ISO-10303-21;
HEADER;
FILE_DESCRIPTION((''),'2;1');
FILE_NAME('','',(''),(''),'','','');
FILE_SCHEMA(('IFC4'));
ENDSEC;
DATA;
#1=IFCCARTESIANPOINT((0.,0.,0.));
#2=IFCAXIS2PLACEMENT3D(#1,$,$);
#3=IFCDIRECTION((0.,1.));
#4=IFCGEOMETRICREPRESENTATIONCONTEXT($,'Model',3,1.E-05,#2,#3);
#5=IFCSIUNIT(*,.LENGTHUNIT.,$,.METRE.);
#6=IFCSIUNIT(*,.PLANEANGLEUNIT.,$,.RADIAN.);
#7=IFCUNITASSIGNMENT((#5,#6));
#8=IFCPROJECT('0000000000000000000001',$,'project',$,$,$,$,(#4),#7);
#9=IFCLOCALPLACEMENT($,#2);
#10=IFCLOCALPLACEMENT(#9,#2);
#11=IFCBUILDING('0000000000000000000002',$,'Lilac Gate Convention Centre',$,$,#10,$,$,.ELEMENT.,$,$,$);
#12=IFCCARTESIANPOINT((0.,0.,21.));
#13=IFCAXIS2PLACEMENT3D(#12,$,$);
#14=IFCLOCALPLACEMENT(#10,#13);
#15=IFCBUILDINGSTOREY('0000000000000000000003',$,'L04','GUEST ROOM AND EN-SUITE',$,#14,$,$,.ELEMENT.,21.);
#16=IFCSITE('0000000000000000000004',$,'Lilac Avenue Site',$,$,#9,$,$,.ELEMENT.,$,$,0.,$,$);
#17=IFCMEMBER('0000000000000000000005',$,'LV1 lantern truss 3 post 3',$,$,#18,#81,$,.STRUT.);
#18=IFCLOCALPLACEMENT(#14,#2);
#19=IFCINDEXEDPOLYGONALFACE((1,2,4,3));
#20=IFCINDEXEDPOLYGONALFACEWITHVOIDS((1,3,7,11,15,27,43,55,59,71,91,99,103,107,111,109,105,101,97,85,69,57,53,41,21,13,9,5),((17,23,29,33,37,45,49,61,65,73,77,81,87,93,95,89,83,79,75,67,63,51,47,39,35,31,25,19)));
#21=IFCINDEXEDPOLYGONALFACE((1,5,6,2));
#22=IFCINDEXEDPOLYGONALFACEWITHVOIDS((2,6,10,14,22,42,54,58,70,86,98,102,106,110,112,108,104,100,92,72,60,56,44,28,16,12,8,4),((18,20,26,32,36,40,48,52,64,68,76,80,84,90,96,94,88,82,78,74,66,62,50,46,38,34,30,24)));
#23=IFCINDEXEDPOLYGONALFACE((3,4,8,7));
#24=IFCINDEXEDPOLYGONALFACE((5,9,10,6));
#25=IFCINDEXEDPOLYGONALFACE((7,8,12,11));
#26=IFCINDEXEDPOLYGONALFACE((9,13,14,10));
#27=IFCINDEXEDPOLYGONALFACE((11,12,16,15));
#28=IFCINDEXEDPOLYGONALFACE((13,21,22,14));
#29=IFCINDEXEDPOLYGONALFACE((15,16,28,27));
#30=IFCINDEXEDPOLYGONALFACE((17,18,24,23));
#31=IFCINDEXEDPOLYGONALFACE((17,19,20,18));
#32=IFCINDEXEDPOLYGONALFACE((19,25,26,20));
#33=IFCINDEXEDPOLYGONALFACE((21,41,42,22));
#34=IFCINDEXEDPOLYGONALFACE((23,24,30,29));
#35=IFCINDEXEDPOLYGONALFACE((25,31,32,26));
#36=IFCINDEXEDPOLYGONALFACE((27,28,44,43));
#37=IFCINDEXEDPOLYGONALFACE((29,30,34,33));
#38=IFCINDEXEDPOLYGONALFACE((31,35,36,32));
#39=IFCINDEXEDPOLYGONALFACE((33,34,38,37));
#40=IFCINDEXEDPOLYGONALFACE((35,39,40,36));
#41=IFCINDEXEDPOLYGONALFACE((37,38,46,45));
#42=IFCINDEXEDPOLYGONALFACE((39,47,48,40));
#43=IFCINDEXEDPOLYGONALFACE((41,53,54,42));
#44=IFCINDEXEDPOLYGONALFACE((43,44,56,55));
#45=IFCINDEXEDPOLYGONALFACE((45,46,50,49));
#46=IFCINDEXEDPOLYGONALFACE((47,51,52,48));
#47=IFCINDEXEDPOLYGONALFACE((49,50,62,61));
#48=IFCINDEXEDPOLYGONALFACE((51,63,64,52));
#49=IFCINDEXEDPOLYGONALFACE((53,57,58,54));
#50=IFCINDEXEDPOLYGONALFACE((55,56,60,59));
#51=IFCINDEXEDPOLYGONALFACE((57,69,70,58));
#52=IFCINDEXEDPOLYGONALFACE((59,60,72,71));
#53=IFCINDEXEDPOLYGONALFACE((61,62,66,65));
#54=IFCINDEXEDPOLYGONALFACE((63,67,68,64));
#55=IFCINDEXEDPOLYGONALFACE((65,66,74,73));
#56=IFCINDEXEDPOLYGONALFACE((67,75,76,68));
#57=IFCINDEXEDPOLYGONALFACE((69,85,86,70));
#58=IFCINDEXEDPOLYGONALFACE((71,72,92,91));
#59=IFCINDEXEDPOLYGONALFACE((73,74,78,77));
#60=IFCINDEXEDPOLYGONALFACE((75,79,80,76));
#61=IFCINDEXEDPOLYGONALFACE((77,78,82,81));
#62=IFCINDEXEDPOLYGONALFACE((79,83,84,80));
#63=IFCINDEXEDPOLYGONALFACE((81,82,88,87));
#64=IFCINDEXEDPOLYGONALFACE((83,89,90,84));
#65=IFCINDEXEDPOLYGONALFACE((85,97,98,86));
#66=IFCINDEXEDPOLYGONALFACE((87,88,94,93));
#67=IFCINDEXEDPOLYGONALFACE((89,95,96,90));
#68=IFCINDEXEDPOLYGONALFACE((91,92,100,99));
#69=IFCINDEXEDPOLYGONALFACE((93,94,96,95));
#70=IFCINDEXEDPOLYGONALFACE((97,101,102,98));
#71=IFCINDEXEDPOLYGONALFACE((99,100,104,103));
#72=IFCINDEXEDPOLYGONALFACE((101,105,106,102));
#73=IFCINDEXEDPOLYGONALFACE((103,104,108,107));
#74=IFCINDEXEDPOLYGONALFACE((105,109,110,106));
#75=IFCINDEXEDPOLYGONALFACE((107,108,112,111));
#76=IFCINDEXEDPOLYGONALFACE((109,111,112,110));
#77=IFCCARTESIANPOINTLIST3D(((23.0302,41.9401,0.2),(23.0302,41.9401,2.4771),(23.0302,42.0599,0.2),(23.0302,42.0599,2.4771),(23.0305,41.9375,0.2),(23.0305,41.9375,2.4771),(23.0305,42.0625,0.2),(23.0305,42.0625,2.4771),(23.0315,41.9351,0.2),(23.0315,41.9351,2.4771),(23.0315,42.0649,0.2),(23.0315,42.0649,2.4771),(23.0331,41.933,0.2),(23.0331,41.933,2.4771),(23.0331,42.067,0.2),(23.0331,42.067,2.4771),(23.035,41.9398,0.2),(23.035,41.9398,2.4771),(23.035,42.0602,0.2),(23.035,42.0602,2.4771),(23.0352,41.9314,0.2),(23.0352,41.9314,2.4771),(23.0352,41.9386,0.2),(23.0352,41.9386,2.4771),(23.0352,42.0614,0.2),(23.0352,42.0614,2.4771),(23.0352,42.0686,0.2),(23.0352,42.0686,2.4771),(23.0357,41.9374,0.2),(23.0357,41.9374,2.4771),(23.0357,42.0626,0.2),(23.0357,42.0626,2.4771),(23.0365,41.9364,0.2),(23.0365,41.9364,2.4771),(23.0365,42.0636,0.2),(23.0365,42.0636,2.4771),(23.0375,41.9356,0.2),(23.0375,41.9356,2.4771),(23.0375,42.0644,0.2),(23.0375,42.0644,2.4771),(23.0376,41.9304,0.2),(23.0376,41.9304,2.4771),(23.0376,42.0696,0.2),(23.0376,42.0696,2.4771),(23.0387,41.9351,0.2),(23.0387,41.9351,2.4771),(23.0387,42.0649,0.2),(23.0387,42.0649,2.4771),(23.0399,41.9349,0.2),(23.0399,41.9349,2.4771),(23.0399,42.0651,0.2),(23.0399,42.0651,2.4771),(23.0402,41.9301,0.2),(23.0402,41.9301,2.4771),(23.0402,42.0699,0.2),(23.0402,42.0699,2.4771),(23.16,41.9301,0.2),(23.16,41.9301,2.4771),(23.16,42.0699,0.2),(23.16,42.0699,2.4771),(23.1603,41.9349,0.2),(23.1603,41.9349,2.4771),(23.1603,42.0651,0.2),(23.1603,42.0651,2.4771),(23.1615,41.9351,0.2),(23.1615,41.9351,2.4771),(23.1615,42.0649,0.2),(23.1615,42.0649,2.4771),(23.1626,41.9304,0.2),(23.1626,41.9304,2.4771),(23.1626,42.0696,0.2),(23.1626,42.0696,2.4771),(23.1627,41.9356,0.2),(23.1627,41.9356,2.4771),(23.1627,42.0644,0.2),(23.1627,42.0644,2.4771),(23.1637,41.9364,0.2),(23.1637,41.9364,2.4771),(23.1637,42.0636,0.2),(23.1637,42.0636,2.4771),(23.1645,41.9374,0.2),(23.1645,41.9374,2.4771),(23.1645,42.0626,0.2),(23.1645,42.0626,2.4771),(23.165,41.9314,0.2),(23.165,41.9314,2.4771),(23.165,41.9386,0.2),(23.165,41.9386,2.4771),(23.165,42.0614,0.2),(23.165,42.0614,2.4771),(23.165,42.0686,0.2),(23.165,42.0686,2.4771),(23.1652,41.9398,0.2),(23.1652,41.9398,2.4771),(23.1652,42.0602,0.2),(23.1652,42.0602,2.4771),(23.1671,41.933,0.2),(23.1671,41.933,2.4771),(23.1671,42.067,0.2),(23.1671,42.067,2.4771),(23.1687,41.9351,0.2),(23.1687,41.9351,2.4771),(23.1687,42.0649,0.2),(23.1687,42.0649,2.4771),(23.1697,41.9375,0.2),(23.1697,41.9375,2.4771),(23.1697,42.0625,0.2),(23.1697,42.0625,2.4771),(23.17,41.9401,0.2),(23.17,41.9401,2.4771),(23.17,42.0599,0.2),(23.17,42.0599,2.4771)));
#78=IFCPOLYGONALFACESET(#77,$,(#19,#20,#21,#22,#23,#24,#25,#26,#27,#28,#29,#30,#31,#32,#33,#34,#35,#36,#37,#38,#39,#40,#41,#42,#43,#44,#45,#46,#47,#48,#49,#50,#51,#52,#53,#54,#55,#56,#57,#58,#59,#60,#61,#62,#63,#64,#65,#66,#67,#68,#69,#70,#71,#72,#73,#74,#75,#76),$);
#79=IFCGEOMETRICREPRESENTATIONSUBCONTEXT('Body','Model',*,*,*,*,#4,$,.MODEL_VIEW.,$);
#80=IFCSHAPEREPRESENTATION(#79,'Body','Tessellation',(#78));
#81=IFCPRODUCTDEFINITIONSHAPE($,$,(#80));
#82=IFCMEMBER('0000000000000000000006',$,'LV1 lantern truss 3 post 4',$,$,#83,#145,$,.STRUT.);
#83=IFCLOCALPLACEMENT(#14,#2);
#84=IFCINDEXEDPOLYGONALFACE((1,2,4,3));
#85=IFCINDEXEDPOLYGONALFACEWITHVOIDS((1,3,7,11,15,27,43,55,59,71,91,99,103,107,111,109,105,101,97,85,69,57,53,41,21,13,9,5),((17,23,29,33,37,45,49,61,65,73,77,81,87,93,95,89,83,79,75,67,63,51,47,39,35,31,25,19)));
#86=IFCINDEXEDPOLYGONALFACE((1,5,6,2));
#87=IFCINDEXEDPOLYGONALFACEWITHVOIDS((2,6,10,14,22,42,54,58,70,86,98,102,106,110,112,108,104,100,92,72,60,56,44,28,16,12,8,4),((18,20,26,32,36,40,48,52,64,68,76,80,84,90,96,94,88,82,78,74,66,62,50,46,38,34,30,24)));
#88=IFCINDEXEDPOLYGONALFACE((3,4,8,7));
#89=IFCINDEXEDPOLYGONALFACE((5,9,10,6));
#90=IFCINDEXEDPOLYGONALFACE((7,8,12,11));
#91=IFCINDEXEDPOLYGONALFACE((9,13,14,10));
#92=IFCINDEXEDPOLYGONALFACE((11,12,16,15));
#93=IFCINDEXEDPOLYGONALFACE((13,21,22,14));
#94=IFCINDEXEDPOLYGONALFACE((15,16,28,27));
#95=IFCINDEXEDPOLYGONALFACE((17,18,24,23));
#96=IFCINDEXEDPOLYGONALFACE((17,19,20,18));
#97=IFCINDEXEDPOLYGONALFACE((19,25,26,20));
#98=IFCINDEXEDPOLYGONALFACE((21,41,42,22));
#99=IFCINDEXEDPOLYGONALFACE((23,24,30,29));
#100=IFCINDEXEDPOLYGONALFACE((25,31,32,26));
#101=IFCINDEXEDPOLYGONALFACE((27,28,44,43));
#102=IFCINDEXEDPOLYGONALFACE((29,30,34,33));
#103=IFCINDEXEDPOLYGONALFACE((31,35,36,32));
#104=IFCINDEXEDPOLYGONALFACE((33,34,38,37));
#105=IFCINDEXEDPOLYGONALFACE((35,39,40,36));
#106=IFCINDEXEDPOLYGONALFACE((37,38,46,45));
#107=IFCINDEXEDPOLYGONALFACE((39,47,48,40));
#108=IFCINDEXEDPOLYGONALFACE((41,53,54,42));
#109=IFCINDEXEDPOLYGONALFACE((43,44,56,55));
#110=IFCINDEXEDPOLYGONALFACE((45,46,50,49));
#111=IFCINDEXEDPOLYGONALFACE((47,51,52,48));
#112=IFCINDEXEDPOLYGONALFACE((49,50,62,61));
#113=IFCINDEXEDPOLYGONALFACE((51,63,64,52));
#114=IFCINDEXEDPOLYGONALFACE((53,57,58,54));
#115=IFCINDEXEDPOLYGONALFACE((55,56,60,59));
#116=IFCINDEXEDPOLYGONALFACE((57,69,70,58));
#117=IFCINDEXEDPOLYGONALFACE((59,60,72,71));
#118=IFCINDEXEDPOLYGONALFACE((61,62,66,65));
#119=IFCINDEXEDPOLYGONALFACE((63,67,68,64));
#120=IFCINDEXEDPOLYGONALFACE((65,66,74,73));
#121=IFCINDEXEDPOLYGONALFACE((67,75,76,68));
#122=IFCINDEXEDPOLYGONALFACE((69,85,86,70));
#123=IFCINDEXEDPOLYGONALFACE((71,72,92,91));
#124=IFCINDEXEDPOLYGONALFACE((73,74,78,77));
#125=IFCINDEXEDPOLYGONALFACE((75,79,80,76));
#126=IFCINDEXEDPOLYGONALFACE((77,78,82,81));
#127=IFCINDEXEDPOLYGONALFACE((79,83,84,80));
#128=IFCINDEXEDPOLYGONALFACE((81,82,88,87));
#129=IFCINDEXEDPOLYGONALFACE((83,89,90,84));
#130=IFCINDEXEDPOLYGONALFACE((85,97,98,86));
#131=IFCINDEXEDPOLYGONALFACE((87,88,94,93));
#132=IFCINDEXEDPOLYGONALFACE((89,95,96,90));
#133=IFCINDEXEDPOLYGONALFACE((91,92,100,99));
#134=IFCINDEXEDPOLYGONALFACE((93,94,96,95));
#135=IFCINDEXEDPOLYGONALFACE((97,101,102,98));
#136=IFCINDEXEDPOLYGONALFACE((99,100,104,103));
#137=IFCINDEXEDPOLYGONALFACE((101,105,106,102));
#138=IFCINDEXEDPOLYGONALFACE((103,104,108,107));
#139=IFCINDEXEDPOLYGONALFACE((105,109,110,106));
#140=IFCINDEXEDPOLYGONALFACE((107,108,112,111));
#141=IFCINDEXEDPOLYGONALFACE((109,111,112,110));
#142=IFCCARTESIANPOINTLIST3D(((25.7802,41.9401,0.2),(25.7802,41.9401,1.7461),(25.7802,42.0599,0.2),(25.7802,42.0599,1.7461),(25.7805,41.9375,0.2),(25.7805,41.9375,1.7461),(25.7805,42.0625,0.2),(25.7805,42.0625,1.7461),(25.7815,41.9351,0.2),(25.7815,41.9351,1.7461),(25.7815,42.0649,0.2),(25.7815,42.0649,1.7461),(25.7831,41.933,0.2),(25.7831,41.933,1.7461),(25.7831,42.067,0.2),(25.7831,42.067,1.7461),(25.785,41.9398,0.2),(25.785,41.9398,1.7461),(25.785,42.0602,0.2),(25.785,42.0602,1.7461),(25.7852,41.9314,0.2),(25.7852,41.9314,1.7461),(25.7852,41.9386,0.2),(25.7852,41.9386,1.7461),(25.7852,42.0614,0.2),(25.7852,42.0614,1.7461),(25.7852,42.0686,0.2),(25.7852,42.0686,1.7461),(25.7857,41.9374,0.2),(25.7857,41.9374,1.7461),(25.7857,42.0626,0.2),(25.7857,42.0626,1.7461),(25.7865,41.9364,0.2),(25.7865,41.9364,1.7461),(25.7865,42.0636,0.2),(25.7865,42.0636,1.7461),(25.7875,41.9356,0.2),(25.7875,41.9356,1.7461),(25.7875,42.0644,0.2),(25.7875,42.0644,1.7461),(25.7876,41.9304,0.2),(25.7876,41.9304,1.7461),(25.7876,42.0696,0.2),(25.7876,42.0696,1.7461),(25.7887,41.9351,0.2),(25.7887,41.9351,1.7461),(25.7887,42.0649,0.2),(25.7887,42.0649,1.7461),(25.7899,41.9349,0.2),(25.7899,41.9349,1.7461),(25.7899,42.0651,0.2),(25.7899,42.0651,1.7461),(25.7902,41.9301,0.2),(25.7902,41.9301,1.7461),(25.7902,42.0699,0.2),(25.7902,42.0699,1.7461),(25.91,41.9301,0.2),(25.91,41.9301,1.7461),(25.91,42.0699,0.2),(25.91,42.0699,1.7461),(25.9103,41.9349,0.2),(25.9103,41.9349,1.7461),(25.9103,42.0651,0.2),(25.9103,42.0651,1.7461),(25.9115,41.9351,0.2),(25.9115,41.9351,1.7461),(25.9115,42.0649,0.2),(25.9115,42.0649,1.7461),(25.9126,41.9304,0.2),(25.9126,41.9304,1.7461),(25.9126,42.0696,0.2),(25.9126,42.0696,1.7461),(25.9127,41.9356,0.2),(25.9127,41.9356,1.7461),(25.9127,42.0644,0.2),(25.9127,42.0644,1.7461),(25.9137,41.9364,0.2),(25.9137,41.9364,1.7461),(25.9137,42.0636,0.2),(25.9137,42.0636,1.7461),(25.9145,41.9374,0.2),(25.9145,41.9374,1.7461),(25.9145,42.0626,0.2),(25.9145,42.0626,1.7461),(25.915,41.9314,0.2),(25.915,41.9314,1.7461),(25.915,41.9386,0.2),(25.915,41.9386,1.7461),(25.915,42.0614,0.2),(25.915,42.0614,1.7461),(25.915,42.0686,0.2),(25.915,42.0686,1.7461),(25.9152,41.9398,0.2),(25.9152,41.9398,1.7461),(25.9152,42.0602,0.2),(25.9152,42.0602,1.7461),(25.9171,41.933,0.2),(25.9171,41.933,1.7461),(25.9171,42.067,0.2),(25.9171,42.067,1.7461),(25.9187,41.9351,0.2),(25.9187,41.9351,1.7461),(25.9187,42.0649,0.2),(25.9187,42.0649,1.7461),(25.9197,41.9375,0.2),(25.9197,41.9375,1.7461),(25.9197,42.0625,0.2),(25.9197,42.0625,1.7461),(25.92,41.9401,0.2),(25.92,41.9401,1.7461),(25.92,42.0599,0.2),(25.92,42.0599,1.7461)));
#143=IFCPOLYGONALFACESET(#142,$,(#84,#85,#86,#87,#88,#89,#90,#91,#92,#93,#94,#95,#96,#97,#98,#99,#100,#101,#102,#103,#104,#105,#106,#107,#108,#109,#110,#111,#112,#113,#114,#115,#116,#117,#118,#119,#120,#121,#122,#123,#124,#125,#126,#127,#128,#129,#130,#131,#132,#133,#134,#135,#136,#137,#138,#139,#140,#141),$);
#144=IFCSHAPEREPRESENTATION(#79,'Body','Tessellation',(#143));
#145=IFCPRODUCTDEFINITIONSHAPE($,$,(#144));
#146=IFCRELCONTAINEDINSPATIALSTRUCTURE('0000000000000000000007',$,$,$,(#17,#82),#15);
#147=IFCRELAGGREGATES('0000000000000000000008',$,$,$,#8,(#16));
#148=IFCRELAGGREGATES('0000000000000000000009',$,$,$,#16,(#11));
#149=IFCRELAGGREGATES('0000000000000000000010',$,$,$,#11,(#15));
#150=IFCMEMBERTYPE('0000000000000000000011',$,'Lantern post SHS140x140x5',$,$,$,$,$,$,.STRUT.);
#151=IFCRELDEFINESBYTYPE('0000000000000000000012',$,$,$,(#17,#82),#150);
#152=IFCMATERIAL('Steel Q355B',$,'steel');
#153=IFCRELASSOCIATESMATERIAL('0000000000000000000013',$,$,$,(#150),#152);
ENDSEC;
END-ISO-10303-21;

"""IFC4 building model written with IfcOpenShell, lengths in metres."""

from ifc_helpers import new_model, si_unit, direction, frame, origin, origin_2d, place, context, subcontext, project, spatial, hollow_rectangle, extrude, material, material_profile, profile_set, type_object, element, save


model = new_model("IFC4")

# Units and contexts
model_context = context("Model", 3, precision=1e-05, world=origin(), true_north=direction((0.0, 1.0)))
body_context = subcontext(model_context, "Body", "Model", "MODEL_VIEW")
ifc_project = project(units=[si_unit("LENGTHUNIT", "METRE"), si_unit("PLANEANGLEUNIT", "RADIAN")], contexts=[model_context])

# Site, building, storey
site_placement = place(None, origin())
site = spatial("IfcSite", under=ifc_project, at=site_placement, Name="Lilac Avenue Site", CompositionType="ELEMENT", RefElevation=0.0)
building_placement = place(site_placement, origin())
building = spatial("IfcBuilding", under=site, at=building_placement, Name="Lilac Gate Convention Centre", CompositionType="ELEMENT")
storey_placement = place(building_placement, frame((0.0, 0.0, 21.0)))
storey = spatial("IfcBuildingStorey", under=building, at=storey_placement, Name="L04", Description="GUEST ROOM AND EN-SUITE", CompositionType="ELEMENT", Elevation=21.0)

# Members
ifc_material_1 = material(Name="Steel Q355B", Category="steel")
ifc_material_profile_1 = material_profile(ifc_material_1, hollow_rectangle(XDim=0.1399, YDim=0.1399, WallThickness=0.0049, InnerFilletRadius=0.0049, OuterFilletRadius=0.01, at=origin_2d()), Name="SHS140x140x5")
ifc_profile_set_1 = profile_set([ifc_material_profile_1], Name="Steel Q355B")
member_type_1 = type_object("IfcMemberType", Name="Lantern post SHS140x140x5", PredefinedType="STRUT", material=ifc_profile_set_1)
member_1_placement = place(storey_placement, frame((23.1001, 42.0, 0.2), z_axis=(0.0, 0.0, 1.0), x_axis=(1.0, 0.0, 0.0)))
element("IfcMember", 1, at=member_1_placement, inside=storey, type_object=member_type_1, Name="LV1 lantern truss 3 post 3", PredefinedType="STRUT", context=body_context, shape_type="SweptSolid", body=[
    extrude(hollow_rectangle(XDim=0.1399, YDim=0.1399, WallThickness=0.0049, InnerFilletRadius=0.0049, OuterFilletRadius=0.01, at=origin_2d()), origin(), (0.0, 0.0, 1.0), 2.2771),
])
member_2_placement = place(storey_placement, frame((25.8501, 42.0, 0.2), z_axis=(0.0, 0.0, 1.0), x_axis=(1.0, 0.0, 0.0)))
element("IfcMember", 2, at=member_2_placement, inside=storey, type_object=member_type_1, Name="LV1 lantern truss 3 post 4", PredefinedType="STRUT", context=body_context, shape_type="SweptSolid", body=[
    extrude(hollow_rectangle(XDim=0.1399, YDim=0.1399, WallThickness=0.0049, InnerFilletRadius=0.0049, OuterFilletRadius=0.01, at=origin_2d()), origin(), (0.0, 0.0, 1.0), 1.5461),
])

save(model, "model.ifc")
